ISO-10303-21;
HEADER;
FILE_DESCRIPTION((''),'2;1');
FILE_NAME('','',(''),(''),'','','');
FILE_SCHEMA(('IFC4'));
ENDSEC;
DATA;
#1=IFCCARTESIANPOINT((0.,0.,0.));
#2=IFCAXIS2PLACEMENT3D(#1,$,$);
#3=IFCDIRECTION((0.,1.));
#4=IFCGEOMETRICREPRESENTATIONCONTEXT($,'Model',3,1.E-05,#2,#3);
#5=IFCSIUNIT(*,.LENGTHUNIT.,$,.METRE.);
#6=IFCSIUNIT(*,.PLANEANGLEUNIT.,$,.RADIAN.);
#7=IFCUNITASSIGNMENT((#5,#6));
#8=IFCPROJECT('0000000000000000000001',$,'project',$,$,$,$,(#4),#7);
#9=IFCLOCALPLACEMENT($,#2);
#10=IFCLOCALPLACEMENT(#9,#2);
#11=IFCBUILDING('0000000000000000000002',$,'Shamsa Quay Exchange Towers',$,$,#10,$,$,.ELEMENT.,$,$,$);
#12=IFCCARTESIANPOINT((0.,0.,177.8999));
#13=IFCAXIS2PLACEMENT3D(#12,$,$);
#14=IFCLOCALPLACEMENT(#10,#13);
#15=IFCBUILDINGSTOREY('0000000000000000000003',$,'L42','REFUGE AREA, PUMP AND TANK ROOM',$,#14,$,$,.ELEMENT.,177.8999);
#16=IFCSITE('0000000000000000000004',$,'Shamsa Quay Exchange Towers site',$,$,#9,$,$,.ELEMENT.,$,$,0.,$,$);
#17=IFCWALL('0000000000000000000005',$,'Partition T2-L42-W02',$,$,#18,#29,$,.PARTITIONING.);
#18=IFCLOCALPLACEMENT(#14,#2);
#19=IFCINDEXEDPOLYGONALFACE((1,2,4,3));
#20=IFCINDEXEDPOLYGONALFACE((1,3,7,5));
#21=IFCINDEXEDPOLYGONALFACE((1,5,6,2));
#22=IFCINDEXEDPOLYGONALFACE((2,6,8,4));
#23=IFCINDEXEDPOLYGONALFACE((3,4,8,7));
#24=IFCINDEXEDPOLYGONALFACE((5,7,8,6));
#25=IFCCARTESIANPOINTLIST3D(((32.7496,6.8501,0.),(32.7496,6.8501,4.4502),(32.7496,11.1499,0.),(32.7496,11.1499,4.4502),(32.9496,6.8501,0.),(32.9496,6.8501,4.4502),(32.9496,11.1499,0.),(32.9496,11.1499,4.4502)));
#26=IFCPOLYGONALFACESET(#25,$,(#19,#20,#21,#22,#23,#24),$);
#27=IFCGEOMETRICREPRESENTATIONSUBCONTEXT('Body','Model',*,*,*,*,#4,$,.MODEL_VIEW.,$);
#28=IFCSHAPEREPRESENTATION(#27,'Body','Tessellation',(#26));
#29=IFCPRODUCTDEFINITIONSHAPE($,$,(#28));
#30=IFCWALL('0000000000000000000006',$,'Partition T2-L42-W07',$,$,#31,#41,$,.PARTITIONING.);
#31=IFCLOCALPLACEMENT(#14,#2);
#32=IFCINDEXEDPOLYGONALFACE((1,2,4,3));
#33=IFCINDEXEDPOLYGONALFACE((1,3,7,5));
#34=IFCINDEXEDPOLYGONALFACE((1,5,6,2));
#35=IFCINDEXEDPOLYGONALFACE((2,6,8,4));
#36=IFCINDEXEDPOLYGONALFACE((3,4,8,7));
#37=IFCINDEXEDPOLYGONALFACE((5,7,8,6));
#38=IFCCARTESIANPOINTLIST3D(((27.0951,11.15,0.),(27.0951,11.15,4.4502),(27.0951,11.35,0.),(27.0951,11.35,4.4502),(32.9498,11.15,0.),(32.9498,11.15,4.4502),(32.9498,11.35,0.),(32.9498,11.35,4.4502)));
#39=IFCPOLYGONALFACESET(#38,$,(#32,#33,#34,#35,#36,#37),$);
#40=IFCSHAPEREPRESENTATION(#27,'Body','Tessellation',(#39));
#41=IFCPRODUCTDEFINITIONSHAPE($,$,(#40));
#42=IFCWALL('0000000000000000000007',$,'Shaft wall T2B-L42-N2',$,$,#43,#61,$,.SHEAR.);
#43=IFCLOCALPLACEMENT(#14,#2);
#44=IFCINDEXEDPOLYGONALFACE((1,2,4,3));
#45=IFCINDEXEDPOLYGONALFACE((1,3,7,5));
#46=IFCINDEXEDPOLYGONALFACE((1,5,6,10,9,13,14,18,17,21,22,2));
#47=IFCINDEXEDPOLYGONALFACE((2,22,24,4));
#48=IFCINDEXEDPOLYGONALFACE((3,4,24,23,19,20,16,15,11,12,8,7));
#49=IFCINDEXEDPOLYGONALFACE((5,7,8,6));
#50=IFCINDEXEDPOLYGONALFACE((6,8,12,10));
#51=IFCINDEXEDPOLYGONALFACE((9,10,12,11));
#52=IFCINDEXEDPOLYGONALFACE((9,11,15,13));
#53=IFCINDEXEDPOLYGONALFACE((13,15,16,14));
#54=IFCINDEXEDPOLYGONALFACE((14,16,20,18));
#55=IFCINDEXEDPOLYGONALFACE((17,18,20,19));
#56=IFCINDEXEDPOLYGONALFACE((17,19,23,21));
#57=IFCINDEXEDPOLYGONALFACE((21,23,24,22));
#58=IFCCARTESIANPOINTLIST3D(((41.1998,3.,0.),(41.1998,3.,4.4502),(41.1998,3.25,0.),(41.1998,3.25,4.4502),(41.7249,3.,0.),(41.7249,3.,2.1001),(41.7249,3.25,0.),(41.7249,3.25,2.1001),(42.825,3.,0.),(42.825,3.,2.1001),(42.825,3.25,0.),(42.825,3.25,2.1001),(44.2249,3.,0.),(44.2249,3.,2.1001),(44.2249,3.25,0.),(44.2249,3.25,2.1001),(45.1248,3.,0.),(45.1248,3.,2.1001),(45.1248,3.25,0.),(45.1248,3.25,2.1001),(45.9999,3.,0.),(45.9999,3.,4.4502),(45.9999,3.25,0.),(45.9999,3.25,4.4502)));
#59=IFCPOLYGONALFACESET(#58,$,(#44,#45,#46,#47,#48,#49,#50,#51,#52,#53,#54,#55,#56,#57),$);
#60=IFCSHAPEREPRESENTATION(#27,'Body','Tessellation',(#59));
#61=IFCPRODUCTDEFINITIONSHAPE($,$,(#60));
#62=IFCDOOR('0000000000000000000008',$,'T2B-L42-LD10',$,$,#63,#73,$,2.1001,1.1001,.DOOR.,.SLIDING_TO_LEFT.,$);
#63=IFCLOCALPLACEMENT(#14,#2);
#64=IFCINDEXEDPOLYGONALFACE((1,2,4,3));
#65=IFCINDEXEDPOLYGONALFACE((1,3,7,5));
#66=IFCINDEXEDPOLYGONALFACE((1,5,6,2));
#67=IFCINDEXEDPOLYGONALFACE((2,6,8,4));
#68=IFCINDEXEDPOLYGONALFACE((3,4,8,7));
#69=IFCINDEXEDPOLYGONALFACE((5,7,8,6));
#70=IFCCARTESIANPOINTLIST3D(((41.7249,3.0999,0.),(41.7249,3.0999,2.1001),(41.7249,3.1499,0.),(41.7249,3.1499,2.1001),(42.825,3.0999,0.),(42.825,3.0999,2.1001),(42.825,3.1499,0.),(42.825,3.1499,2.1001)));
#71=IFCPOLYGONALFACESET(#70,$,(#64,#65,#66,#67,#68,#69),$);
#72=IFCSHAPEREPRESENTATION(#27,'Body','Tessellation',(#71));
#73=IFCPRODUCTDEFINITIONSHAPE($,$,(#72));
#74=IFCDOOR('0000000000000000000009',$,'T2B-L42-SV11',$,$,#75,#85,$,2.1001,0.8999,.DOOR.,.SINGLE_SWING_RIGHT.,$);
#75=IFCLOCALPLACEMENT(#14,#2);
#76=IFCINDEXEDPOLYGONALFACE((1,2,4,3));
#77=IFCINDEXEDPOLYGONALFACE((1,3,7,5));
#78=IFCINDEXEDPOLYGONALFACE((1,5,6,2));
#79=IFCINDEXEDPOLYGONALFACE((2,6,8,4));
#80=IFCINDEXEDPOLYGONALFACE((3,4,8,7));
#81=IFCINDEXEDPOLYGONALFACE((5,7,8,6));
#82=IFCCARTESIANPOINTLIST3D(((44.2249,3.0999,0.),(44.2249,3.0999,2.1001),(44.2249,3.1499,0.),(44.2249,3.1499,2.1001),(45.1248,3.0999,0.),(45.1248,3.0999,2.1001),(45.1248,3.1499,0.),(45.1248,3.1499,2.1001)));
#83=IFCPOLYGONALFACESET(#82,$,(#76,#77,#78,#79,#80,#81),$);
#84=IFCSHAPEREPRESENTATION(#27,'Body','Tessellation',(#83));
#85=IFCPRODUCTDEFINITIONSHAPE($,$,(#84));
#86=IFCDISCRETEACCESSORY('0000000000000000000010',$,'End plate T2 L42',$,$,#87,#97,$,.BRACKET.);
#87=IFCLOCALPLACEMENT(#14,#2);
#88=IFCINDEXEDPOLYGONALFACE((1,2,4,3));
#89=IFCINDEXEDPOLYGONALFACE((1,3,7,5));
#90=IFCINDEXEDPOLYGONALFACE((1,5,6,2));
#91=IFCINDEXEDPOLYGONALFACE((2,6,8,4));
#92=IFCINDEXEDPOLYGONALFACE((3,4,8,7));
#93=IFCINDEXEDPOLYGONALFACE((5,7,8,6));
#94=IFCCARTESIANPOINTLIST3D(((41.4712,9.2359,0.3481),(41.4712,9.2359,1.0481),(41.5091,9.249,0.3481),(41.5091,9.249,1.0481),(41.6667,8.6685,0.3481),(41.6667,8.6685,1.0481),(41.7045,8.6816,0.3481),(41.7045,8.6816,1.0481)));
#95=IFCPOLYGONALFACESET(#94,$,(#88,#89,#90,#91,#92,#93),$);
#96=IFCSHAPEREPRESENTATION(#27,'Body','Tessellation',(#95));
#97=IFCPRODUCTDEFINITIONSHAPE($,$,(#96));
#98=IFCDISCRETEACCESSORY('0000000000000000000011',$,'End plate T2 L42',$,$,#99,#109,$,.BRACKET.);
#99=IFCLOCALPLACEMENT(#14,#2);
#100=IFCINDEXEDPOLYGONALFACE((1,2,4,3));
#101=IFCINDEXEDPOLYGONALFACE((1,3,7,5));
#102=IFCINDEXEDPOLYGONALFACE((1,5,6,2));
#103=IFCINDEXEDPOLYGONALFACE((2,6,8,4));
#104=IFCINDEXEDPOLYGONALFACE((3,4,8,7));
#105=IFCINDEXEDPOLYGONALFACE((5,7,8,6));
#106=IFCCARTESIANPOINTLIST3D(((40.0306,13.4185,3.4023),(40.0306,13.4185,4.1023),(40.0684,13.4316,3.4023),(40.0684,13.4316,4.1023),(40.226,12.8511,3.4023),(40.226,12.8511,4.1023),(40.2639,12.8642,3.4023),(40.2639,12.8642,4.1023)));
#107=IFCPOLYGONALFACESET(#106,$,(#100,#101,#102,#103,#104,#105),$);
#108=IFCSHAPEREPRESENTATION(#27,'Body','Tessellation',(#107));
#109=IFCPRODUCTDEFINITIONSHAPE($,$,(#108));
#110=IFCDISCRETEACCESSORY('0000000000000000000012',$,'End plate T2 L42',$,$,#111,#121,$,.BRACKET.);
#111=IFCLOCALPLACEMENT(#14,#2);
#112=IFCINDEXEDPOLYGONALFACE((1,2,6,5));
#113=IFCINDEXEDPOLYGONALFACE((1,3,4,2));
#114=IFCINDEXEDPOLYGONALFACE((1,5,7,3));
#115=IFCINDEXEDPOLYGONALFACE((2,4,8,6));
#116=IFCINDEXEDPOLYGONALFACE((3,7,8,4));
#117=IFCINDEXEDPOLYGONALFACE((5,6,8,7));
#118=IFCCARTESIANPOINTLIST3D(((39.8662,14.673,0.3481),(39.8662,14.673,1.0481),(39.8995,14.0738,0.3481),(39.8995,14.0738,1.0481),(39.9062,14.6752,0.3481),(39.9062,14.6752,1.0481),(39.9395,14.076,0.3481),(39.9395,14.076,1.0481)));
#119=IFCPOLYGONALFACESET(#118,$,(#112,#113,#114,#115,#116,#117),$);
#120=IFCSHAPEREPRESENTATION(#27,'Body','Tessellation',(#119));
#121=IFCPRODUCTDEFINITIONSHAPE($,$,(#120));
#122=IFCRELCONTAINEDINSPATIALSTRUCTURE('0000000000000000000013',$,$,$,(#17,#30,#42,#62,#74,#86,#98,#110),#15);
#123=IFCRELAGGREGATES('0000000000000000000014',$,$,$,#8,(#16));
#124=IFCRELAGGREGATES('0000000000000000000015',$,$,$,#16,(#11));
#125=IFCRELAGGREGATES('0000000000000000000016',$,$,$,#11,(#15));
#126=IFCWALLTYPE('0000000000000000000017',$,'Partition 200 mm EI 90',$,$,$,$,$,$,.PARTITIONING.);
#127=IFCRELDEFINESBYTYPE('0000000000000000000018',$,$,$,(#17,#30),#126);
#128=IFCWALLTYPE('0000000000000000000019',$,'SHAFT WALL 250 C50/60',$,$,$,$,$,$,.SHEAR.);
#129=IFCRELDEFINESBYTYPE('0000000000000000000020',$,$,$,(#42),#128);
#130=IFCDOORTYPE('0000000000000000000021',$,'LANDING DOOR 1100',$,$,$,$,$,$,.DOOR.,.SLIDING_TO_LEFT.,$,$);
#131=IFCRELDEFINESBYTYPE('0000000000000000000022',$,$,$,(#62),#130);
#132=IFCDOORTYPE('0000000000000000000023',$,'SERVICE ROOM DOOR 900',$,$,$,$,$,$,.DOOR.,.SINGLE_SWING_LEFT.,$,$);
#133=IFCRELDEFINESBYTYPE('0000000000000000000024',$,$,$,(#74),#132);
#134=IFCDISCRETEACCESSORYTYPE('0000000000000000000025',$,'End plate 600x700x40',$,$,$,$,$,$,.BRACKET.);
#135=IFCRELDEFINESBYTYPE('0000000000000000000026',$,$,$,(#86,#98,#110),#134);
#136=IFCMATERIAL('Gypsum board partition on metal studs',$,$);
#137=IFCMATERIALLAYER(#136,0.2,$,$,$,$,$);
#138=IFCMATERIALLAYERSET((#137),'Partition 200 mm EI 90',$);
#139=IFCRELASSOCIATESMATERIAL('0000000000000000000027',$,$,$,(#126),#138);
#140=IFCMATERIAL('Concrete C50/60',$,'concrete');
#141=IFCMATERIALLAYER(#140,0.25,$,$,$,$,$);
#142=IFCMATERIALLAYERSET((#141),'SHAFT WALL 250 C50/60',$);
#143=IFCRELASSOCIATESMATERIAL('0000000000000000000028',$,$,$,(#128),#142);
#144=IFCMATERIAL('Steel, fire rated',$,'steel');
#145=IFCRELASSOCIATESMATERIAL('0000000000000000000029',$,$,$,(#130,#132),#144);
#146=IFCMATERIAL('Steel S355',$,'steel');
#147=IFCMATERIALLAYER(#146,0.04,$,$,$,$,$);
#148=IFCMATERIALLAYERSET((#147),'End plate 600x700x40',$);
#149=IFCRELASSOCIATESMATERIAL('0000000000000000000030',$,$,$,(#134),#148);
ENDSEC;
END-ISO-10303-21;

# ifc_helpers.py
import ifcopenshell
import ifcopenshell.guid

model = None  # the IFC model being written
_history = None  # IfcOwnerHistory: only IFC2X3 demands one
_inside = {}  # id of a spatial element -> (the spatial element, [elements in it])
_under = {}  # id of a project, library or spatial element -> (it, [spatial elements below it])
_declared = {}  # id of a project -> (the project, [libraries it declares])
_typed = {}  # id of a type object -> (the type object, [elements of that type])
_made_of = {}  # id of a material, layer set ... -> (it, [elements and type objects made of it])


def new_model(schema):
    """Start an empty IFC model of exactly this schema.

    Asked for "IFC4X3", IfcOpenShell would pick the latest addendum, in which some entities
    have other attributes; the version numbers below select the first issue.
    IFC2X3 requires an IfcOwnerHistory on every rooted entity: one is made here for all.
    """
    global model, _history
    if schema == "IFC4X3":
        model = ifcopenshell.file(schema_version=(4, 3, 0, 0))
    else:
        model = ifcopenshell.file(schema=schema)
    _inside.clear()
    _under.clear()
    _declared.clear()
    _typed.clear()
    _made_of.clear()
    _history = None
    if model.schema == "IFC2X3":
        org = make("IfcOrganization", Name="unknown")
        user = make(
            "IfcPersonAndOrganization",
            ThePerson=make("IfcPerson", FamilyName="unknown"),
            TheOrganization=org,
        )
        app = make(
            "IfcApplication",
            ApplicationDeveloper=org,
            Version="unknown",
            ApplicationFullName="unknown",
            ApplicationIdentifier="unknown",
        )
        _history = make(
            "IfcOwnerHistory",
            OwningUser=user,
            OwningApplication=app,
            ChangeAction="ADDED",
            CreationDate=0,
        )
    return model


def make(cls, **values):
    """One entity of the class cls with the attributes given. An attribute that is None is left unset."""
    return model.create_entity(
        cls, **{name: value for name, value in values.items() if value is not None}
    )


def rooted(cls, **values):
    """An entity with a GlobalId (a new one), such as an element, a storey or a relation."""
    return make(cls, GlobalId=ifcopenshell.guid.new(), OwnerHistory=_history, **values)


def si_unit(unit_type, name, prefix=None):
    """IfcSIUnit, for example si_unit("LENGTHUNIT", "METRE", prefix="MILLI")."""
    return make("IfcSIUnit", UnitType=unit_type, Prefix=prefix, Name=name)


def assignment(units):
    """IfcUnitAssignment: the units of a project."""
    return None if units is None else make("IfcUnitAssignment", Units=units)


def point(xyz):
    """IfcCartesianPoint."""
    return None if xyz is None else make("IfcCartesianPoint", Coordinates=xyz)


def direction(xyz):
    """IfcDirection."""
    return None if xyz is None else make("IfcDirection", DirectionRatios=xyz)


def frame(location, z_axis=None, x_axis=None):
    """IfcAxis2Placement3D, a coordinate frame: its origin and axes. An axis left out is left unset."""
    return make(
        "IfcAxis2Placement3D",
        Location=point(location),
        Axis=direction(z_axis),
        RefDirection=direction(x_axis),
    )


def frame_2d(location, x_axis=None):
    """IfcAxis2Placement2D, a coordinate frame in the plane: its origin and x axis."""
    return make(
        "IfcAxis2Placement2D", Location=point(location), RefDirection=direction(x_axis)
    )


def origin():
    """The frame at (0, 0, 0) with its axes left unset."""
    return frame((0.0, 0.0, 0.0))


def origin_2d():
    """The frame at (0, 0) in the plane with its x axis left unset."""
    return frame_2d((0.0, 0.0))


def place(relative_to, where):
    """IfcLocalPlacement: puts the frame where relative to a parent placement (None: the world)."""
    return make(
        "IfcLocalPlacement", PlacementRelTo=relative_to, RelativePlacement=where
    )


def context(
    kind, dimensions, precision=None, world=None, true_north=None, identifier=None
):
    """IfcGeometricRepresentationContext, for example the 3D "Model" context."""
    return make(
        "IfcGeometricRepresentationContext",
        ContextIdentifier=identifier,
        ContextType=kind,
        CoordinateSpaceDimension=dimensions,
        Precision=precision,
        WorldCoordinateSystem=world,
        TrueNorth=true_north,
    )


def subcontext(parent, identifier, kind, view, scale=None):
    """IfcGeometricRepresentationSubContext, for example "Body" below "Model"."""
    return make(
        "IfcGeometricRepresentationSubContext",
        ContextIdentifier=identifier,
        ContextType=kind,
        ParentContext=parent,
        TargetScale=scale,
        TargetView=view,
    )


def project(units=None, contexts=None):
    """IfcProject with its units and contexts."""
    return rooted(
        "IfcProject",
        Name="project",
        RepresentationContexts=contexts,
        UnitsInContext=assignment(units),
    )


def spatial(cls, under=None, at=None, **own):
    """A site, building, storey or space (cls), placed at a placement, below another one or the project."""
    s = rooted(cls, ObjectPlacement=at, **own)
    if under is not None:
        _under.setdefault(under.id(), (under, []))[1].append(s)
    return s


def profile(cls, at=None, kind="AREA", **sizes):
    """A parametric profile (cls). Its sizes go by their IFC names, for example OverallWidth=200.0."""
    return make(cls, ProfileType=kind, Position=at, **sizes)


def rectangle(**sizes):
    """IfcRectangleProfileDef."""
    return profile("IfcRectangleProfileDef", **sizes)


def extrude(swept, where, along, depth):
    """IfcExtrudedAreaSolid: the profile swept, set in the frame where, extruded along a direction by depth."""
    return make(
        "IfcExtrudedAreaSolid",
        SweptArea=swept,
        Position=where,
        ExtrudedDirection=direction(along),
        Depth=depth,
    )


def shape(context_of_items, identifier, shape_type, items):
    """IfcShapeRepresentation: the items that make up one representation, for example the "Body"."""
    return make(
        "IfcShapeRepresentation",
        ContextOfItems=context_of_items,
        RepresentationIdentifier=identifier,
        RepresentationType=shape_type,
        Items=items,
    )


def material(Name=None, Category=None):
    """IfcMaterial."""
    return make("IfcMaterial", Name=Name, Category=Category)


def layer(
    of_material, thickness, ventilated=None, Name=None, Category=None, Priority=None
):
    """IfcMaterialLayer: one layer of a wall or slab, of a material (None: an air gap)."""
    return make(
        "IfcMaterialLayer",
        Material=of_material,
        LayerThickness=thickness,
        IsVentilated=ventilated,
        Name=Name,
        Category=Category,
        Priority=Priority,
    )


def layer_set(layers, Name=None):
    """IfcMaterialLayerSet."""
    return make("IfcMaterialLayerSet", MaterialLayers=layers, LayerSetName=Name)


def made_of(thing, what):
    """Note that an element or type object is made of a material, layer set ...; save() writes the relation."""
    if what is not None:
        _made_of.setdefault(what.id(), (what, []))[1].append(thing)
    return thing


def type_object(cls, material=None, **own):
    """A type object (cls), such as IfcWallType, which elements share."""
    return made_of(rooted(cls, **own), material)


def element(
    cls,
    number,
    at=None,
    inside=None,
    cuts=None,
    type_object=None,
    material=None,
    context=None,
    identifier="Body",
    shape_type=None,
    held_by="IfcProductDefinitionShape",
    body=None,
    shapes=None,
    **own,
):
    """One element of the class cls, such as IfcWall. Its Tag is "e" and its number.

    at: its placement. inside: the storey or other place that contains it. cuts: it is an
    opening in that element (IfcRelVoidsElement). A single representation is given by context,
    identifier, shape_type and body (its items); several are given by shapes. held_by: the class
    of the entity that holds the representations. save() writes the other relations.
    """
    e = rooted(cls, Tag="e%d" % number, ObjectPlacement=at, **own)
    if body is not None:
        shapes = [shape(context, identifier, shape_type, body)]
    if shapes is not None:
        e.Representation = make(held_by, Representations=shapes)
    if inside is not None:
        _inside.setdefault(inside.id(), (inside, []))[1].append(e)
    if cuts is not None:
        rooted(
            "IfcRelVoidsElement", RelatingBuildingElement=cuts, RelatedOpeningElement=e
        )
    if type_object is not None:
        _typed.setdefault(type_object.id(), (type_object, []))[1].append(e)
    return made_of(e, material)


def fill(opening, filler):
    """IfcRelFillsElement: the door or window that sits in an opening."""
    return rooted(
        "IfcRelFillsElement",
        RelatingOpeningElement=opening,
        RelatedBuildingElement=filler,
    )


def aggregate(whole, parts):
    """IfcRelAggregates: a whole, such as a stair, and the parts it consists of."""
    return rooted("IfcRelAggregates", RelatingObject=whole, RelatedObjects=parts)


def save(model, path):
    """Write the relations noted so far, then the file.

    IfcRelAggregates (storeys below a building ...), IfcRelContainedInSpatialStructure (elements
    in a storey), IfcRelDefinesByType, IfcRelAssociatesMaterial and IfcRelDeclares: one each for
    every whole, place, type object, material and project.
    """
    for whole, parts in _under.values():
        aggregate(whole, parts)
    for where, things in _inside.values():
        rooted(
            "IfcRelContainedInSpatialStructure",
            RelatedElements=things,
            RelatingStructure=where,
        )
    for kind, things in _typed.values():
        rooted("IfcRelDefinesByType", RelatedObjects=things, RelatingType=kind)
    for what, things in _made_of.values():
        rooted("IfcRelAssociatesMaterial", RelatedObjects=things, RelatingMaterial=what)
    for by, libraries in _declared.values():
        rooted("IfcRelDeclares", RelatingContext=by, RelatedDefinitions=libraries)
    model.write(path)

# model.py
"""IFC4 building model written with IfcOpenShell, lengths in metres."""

from ifc_helpers import new_model, si_unit, direction, frame, frame_2d, origin, origin_2d, place, context, subcontext, project, spatial, rectangle, extrude, material, layer, layer_set, type_object, element, fill, save


model = new_model("IFC4")

# Units and contexts
model_context = context("Model", 3, precision=1e-05, world=origin(), true_north=direction((0.0, 1.0)))
body_context = subcontext(model_context, "Body", "Model", "MODEL_VIEW")
ifc_project = project(units=[si_unit("LENGTHUNIT", "METRE"), si_unit("PLANEANGLEUNIT", "RADIAN")], contexts=[model_context])

# Site, building, storey
site_placement = place(None, origin())
site = spatial("IfcSite", under=ifc_project, at=site_placement, Name="Shamsa Quay Exchange Towers site", CompositionType="ELEMENT", RefElevation=0.0)
building_placement = place(site_placement, origin())
building = spatial("IfcBuilding", under=site, at=building_placement, Name="Shamsa Quay Exchange Towers", CompositionType="ELEMENT")
storey_placement = place(building_placement, frame((0.0, 0.0, 177.8999)))
storey = spatial("IfcBuildingStorey", under=building, at=storey_placement, Name="L42", Description="REFUGE AREA, PUMP AND TANK ROOM", CompositionType="ELEMENT", Elevation=177.8999)

# Shared definitions
ifc_material_1 = material(Name="Steel S355", Category="steel")

# Shared definitions
ifc_material_2 = material(Name="Gypsum board partition on metal studs")

# Walls
ifc_layer_1 = layer(ifc_material_2, 0.2)
ifc_layer_set_1 = layer_set([ifc_layer_1], Name="Partition 200 mm EI 90")
wall_type_1 = type_object("IfcWallType", Name="Partition 200 mm EI 90", PredefinedType="PARTITIONING", material=ifc_layer_set_1)
wall_1_placement = place(storey_placement, frame((32.8496, 6.8501, 0.0), z_axis=(0.0, 0.0, 1.0), x_axis=(0.0, 1.0, 0.0)))
element("IfcWall", 1, at=wall_1_placement, inside=storey, type_object=wall_type_1, Name="Partition T2-L42-W02", PredefinedType="PARTITIONING", context=body_context, shape_type="SweptSolid", body=[
    extrude(rectangle(XDim=4.2998, YDim=0.2, at=frame_2d((2.1499, 0.0))), origin(), (0.0, 0.0, 1.0), 4.4502),
])
wall_2_placement = place(storey_placement, frame((32.9497, 11.25, 0.0), z_axis=(0.0, 0.0, 1.0), x_axis=(-1.0, 0.0, 0.0)))
element("IfcWall", 2, at=wall_2_placement, inside=storey, type_object=wall_type_1, Name="Partition T2-L42-W07", PredefinedType="PARTITIONING", context=body_context, shape_type="SweptSolid", body=[
    extrude(rectangle(XDim=5.8547, YDim=0.2, at=frame_2d((2.9272, 0.0))), origin(), (0.0, 0.0, 1.0), 4.4502),
])

# Wall, openings, doors
ifc_material_3 = material(Name="Concrete C50/60", Category="concrete")
ifc_layer_2 = layer(ifc_material_3, 0.25)
ifc_layer_set_2 = layer_set([ifc_layer_2], Name="SHAFT WALL 250 C50/60")
wall_type_2 = type_object("IfcWallType", Name="SHAFT WALL 250 C50/60", PredefinedType="SHEAR", material=ifc_layer_set_2)
wall_3_placement = place(storey_placement, frame((41.2, 3.125, 0.0)))
wall_3 = element("IfcWall", 3, at=wall_3_placement, inside=storey, type_object=wall_type_2, Name="Shaft wall T2B-L42-N2", PredefinedType="SHEAR", context=body_context, shape_type="SweptSolid", body=[
    extrude(rectangle(XDim=4.8, YDim=0.25, at=frame_2d((2.3999, 0.0))), origin(), (0.0, 0.0, 1.0), 4.4502),
])
opening_1_placement = place(wall_3_placement, frame((0.5249, 0.0, 0.0)))
opening_1 = element("IfcOpeningElement", 4, at=opening_1_placement, cuts=wall_3, PredefinedType="OPENING", context=body_context, shape_type="SweptSolid", body=[
    extrude(rectangle(XDim=1.1001, YDim=2.1001, at=frame_2d((0.55, 1.05))), frame((0.0, 0.135, 0.0), z_axis=(0.0, -1.0, 0.0), x_axis=(1.0, 0.0, 0.0)), (0.0, 0.0, 1.0), 0.27),
])
opening_2_placement = place(wall_3_placement, frame((3.0249, 0.0, 0.0)))
opening_2 = element("IfcOpeningElement", 5, at=opening_2_placement, cuts=wall_3, PredefinedType="OPENING", context=body_context, shape_type="SweptSolid", body=[
    extrude(rectangle(XDim=0.8999, YDim=2.1001, at=frame_2d((0.45, 1.05))), frame((0.0, 0.135, 0.0), z_axis=(0.0, -1.0, 0.0), x_axis=(1.0, 0.0, 0.0)), (0.0, 0.0, 1.0), 0.27),
])
ifc_material_4 = material(Name="Steel, fire rated", Category="steel")
door_type_1 = type_object("IfcDoorType", Name="LANDING DOOR 1100", OperationType="SLIDING_TO_LEFT", PredefinedType="DOOR", material=ifc_material_4)
door_1_placement = place(opening_1_placement, origin())
door_1 = element("IfcDoor", 6, at=door_1_placement, inside=storey, type_object=door_type_1, Name="T2B-L42-LD10", OperationType="SLIDING_TO_LEFT", OverallHeight=2.1001, OverallWidth=1.1001, PredefinedType="DOOR", context=body_context, shape_type="SweptSolid", body=[
    extrude(rectangle(XDim=1.1001, YDim=2.1001, at=frame_2d((0.55, 1.05))), frame((0.0, 0.0249, 0.0), z_axis=(0.0, -1.0, 0.0), x_axis=(1.0, 0.0, 0.0)), (0.0, 0.0, 1.0), 0.05),
])
fill(opening_1, door_1)
door_type_2 = type_object("IfcDoorType", Name="SERVICE ROOM DOOR 900", OperationType="SINGLE_SWING_LEFT", PredefinedType="DOOR", material=ifc_material_4)
door_2_placement = place(opening_2_placement, origin())
door_2 = element("IfcDoor", 7, at=door_2_placement, inside=storey, type_object=door_type_2, Name="T2B-L42-SV11", OperationType="SINGLE_SWING_RIGHT", OverallHeight=2.1001, OverallWidth=0.8999, PredefinedType="DOOR", context=body_context, shape_type="SweptSolid", body=[
    extrude(rectangle(XDim=0.8999, YDim=2.1001, at=frame_2d((0.45, 1.05))), frame((0.0, 0.0249, 0.0), z_axis=(0.0, -1.0, 0.0), x_axis=(1.0, 0.0, 0.0)), (0.0, 0.0, 1.0), 0.05),
])
fill(opening_2, door_2)

# Discrete accessories
ifc_layer_3 = layer(ifc_material_1, 0.04)
ifc_layer_set_3 = layer_set([ifc_layer_3], Name="End plate 600x700x40")
discrete_accessory_type = type_object("IfcDiscreteAccessoryType", Name="End plate 600x700x40", PredefinedType="BRACKET", material=ifc_layer_set_3)
for number, where, z_axis, x_axis, name in (
    (8, (41.5879, 8.9587, 0.3481), (0.0, 0.0, 1.0), (-0.325667, 0.945485, 0.0), "End plate T2 L42"),
    (9, (40.1472, 13.1414, 3.4023), (0.0, 0.0, 1.0), (-0.325667, 0.945485, 0.0), "End plate T2 L42"),
    (10, (39.9028, 14.3745, 0.3481), (0.0, 0.0, 1.0), (-0.05547, 0.99846, 0.0), "End plate T2 L42"),
):
    element("IfcDiscreteAccessory", number, at=place(storey_placement, frame(where, z_axis=z_axis, x_axis=x_axis)), inside=storey, type_object=discrete_accessory_type, Name=name, PredefinedType="BRACKET", context=body_context, shape_type="SweptSolid", body=[
        extrude(rectangle(XDim=0.6001, YDim=0.04, at=origin_2d()), origin(), (0.0, 0.0, 1.0), 0.7),
    ])

save(model, "model.ifc")
